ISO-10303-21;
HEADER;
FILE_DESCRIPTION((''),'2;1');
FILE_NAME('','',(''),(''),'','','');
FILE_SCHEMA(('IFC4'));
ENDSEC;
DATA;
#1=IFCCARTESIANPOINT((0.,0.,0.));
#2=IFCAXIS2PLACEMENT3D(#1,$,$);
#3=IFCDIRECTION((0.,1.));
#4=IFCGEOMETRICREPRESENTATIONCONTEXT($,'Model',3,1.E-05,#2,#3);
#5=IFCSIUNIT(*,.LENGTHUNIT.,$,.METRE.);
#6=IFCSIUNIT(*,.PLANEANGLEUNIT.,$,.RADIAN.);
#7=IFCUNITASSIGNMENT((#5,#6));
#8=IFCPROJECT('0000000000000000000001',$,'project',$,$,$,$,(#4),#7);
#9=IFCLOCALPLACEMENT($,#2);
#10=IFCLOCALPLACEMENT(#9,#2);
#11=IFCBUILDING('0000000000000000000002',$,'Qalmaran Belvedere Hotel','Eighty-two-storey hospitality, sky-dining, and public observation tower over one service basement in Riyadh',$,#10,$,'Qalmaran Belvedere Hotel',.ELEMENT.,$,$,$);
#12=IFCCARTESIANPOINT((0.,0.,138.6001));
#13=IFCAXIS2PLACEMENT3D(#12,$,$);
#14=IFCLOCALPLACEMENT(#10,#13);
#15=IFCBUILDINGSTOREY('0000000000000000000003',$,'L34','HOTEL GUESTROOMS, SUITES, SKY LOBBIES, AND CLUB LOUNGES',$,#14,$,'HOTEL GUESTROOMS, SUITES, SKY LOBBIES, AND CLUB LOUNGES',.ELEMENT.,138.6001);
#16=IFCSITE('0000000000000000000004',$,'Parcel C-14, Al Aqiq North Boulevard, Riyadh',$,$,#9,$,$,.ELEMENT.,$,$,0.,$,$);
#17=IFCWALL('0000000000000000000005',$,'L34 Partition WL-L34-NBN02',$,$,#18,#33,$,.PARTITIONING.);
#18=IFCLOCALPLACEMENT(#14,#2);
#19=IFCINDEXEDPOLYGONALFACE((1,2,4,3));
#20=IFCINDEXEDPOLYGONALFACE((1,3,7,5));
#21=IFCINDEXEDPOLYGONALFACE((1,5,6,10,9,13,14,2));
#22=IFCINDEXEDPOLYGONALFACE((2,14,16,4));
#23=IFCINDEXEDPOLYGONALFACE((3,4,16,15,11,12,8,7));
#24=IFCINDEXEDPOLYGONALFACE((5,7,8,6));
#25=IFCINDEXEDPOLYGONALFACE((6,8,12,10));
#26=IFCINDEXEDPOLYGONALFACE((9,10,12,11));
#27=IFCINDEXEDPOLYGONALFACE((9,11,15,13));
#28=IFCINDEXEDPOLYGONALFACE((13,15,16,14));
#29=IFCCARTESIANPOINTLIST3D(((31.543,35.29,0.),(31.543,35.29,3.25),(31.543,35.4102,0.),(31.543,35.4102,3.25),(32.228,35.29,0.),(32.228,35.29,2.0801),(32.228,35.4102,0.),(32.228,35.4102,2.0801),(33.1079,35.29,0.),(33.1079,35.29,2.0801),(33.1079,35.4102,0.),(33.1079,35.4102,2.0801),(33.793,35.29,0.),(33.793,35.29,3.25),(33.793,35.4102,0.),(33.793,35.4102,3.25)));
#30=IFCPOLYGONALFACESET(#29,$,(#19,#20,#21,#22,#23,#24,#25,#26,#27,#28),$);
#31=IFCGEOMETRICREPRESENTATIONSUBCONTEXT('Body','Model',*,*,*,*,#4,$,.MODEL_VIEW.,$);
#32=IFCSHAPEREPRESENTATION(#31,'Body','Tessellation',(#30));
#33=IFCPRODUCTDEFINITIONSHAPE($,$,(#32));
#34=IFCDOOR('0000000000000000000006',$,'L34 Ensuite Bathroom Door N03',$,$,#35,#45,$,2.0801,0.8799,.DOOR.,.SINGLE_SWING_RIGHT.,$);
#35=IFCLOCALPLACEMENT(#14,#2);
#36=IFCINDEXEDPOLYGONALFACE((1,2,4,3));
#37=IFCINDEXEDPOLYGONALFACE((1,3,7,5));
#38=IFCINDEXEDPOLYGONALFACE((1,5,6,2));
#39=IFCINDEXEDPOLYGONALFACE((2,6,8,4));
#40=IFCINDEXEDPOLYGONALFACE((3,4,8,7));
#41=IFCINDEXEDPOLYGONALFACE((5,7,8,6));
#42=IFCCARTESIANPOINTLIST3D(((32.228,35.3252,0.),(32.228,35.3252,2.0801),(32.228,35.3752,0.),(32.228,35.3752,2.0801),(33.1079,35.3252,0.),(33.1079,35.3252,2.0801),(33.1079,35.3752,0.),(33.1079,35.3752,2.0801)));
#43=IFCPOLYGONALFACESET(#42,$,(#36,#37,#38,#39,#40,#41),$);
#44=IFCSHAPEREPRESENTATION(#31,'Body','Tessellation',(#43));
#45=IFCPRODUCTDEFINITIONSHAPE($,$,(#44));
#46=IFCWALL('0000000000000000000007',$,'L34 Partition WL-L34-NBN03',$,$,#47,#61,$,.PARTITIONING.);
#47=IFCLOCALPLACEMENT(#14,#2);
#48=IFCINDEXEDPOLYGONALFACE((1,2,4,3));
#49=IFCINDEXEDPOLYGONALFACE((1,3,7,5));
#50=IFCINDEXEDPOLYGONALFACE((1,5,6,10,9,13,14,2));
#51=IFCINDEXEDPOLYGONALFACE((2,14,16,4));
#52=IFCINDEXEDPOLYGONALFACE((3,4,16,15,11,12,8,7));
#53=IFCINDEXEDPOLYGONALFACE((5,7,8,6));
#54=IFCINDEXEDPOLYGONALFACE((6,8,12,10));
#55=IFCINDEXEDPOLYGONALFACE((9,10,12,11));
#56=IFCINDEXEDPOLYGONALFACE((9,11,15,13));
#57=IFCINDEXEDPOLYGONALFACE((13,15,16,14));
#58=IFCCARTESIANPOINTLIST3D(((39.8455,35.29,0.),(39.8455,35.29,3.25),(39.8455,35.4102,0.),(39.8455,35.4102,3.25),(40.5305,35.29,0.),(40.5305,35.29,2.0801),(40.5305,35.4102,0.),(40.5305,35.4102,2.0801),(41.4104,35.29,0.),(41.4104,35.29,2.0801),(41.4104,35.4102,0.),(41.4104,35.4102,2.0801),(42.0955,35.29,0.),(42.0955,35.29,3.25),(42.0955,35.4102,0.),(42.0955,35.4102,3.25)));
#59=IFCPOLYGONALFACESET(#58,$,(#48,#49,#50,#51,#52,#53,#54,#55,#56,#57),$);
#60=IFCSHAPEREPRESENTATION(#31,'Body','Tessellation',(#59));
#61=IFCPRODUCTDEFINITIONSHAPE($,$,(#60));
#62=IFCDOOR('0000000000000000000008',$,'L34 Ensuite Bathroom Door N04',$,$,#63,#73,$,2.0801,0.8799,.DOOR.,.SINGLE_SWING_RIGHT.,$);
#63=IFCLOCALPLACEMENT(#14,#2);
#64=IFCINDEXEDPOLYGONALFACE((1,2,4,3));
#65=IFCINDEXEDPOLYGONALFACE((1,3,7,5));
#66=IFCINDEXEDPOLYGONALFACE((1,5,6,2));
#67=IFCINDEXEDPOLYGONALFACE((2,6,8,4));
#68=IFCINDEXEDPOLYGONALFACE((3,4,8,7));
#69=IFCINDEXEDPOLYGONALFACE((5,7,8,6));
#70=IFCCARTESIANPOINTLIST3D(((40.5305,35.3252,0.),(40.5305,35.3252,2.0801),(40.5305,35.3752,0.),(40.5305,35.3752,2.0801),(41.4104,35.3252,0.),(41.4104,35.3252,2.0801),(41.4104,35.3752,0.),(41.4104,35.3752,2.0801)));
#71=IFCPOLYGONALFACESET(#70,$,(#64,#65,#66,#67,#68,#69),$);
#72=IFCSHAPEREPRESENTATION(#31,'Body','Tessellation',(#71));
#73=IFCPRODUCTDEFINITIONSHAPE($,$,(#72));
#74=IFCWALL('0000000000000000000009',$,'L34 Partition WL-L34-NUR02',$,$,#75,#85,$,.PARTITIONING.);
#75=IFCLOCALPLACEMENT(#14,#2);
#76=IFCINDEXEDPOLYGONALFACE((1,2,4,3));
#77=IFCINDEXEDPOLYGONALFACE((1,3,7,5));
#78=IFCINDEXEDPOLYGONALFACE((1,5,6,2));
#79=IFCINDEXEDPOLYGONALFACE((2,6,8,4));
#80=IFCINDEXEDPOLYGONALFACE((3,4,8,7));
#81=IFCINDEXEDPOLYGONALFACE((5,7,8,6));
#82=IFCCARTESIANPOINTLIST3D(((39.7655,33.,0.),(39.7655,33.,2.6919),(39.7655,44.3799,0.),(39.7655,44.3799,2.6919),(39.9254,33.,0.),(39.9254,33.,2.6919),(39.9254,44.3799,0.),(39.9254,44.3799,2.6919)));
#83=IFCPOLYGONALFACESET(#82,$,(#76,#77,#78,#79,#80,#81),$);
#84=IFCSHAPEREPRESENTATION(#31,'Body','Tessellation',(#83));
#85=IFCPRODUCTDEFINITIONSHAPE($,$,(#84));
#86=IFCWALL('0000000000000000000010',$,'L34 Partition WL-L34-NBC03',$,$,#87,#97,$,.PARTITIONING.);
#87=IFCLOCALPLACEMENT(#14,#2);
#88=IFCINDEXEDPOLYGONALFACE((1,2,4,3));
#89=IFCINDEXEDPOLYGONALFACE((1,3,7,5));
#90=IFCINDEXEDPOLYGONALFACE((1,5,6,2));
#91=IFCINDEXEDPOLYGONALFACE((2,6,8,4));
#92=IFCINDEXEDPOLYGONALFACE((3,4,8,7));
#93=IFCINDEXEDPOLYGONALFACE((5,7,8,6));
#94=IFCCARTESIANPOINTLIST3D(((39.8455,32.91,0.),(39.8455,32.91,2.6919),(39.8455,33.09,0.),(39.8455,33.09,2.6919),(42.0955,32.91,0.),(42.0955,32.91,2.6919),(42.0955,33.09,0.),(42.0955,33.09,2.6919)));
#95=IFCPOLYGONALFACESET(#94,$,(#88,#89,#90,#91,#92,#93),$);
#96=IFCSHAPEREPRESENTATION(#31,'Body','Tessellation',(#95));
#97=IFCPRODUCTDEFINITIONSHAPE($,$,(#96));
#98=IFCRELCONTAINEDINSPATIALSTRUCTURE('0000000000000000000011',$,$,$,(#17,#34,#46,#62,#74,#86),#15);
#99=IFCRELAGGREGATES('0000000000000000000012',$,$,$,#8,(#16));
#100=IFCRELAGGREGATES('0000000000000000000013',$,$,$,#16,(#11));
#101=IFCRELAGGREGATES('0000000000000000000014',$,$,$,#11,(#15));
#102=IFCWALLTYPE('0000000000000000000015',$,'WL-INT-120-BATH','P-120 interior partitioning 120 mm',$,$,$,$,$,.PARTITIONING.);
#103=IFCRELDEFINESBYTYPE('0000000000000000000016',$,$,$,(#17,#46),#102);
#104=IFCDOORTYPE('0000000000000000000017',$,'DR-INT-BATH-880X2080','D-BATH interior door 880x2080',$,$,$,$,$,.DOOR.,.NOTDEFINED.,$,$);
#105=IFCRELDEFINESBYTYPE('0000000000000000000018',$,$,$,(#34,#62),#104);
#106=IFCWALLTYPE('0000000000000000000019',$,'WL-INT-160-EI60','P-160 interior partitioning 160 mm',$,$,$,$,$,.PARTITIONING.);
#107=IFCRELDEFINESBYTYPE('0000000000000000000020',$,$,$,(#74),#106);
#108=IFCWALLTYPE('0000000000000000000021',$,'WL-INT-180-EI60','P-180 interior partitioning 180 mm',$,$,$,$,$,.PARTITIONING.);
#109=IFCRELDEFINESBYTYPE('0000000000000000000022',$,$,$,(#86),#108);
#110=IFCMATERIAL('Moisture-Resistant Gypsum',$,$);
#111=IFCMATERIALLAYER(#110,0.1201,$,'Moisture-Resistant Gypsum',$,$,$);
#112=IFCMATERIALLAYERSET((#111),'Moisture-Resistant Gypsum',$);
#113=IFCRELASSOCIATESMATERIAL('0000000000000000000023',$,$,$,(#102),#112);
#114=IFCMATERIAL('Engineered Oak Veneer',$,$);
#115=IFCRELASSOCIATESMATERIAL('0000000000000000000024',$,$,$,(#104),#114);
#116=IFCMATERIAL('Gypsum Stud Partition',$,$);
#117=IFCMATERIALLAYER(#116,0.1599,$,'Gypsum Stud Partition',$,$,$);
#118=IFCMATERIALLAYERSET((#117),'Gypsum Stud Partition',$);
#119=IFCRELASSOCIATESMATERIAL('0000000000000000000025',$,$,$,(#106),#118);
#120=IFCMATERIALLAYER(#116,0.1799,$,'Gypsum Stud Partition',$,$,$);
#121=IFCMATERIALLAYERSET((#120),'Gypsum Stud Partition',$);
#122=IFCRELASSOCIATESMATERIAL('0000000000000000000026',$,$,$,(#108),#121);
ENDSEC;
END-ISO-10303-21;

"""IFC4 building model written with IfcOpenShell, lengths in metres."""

from ifc_helpers import new_model, si_unit, direction, frame, frame_2d, origin, place, context, subcontext, project, spatial, rectangle, extrude, material, layer, layer_set, type_object, element, fill, save


model = new_model("IFC4")

# Units and contexts
model_context = context("Model", 3, precision=1e-05, world=origin(), true_north=direction((0.0, 1.0)))
body_context = subcontext(model_context, "Body", "Model", "MODEL_VIEW")
ifc_project = project(units=[si_unit("LENGTHUNIT", "METRE"), si_unit("PLANEANGLEUNIT", "RADIAN")], contexts=[model_context])

# Site, building, storey
site_placement = place(None, origin())
site = spatial("IfcSite", under=ifc_project, at=site_placement, Name="Parcel C-14, Al Aqiq North Boulevard, Riyadh", CompositionType="ELEMENT", RefElevation=0.0)
building_placement = place(site_placement, origin())
building = spatial("IfcBuilding", under=site, at=building_placement, Name="Qalmaran Belvedere Hotel", Description="Eighty-two-storey hospitality, sky-dining, and public observation tower over one service basement in Riyadh", LongName="Qalmaran Belvedere Hotel", CompositionType="ELEMENT")
storey_placement = place(building_placement, frame((0.0, 0.0, 138.6001)))
storey = spatial("IfcBuildingStorey", under=building, at=storey_placement, Name="L34", Description="HOTEL GUESTROOMS, SUITES, SKY LOBBIES, AND CLUB LOUNGES", LongName="HOTEL GUESTROOMS, SUITES, SKY LOBBIES, AND CLUB LOUNGES", CompositionType="ELEMENT", Elevation=138.6001)

# Walls, openings, doors
ifc_material_1 = material(Name="Moisture-Resistant Gypsum")
ifc_layer_1 = layer(ifc_material_1, 0.1201, Name="Moisture-Resistant Gypsum")
ifc_layer_set_1 = layer_set([ifc_layer_1], Name="Moisture-Resistant Gypsum")
wall_type_1 = type_object("IfcWallType", Name="WL-INT-120-BATH", Description="P-120 interior partitioning 120 mm", PredefinedType="PARTITIONING", material=ifc_layer_set_1)
ifc_material_2 = material(Name="Engineered Oak Veneer")
door_type = type_object("IfcDoorType", Name="DR-INT-BATH-880X2080", Description="D-BATH interior door 880x2080", OperationType="NOTDEFINED", PredefinedType="DOOR", material=ifc_material_2)
wall_1_placement = place(storey_placement, frame((31.543, 35.3501, 0.0), z_axis=(0.0, 0.0, 1.0), x_axis=(1.0, 0.0, 0.0)))
wall_1 = element("IfcWall", 1, at=wall_1_placement, inside=storey, type_object=wall_type_1, Name="L34 Partition WL-L34-NBN02", PredefinedType="PARTITIONING", context=body_context, shape_type="SweptSolid", body=[
    extrude(rectangle(XDim=2.25, YDim=0.1201, at=frame_2d((1.125, 0.0))), origin(), (0.0, 0.0, 1.0), 3.25),
])
opening_1_placement = place(wall_1_placement, frame((1.5649, 0.0, 0.0), z_axis=(0.0, 0.0, 1.0), x_axis=(-1.0, 0.0, 0.0)))
opening_1 = element("IfcOpeningElement", 2, at=opening_1_placement, cuts=wall_1, PredefinedType="OPENING", context=body_context, shape_type="SweptSolid", body=[
    extrude(rectangle(XDim=0.8799, YDim=2.0801, at=frame_2d((0.4399, 1.04))), frame((0.0, 0.0701, 0.0), z_axis=(0.0, -1.0, 0.0), x_axis=(1.0, 0.0, 0.0)), (0.0, 0.0, 1.0), 0.1401),
])
door_1_placement = place(opening_1_placement, origin())
door_1 = element("IfcDoor", 3, at=door_1_placement, inside=storey, type_object=door_type, Name="L34 Ensuite Bathroom Door N03", OperationType="SINGLE_SWING_RIGHT", OverallHeight=2.0801, OverallWidth=0.8799, PredefinedType="DOOR", context=body_context, shape_type="SweptSolid", body=[
    extrude(rectangle(XDim=0.8799, YDim=2.0801, at=frame_2d((0.4399, 1.04))), frame((0.0, 0.0249, 0.0), z_axis=(0.0, -1.0, 0.0), x_axis=(1.0, 0.0, 0.0)), (0.0, 0.0, 1.0), 0.05),
])
fill(opening_1, door_1)
wall_2_placement = place(storey_placement, frame((39.8455, 35.3501, 0.0), z_axis=(0.0, 0.0, 1.0), x_axis=(1.0, 0.0, 0.0)))
wall_2 = element("IfcWall", 4, at=wall_2_placement, inside=storey, type_object=wall_type_1, Name="L34 Partition WL-L34-NBN03", PredefinedType="PARTITIONING", context=body_context, shape_type="SweptSolid", body=[
    extrude(rectangle(XDim=2.25, YDim=0.1201, at=frame_2d((1.125, 0.0))), origin(), (0.0, 0.0, 1.0), 3.25),
])
opening_2_placement = place(wall_2_placement, frame((1.5649, 0.0, 0.0), z_axis=(0.0, 0.0, 1.0), x_axis=(-1.0, 0.0, 0.0)))
opening_2 = element("IfcOpeningElement", 5, at=opening_2_placement, cuts=wall_2, PredefinedType="OPENING", context=body_context, shape_type="SweptSolid", body=[
    extrude(rectangle(XDim=0.8799, YDim=2.0801, at=frame_2d((0.4399, 1.04))), frame((0.0, 0.0701, 0.0), z_axis=(0.0, -1.0, 0.0), x_axis=(1.0, 0.0, 0.0)), (0.0, 0.0, 1.0), 0.1401),
])
door_2_placement = place(opening_2_placement, origin())
door_2 = element("IfcDoor", 6, at=door_2_placement, inside=storey, type_object=door_type, Name="L34 Ensuite Bathroom Door N04", OperationType="SINGLE_SWING_RIGHT", OverallHeight=2.0801, OverallWidth=0.8799, PredefinedType="DOOR", context=body_context, shape_type="SweptSolid", body=[
    extrude(rectangle(XDim=0.8799, YDim=2.0801, at=frame_2d((0.4399, 1.04))), frame((0.0, 0.0249, 0.0), z_axis=(0.0, -1.0, 0.0), x_axis=(1.0, 0.0, 0.0)), (0.0, 0.0, 1.0), 0.05),
])
fill(opening_2, door_2)

# Walls
ifc_material_3 = material(Name="Gypsum Stud Partition")
ifc_layer_2 = layer(ifc_material_3, 0.1599, Name="Gypsum Stud Partition")
ifc_layer_set_2 = layer_set([ifc_layer_2], Name="Gypsum Stud Partition")
wall_type_2 = type_object("IfcWallType", Name="WL-INT-160-EI60", Description="P-160 interior partitioning 160 mm", PredefinedType="PARTITIONING", material=ifc_layer_set_2)
wall_3_placement = place(storey_placement, frame((39.8455, 33.0, 0.0), z_axis=(0.0, 0.0, 1.0), x_axis=(0.0, 1.0, 0.0)))
element("IfcWall", 7, at=wall_3_placement, inside=storey, type_object=wall_type_2, Name="L34 Partition WL-L34-NUR02", PredefinedType="PARTITIONING", context=body_context, shape_type="SweptSolid", body=[
    extrude(rectangle(XDim=11.3799, YDim=0.1599, at=frame_2d((5.6899, 0.0))), origin(), (0.0, 0.0, 1.0), 2.6919),
])
ifc_layer_3 = layer(ifc_material_3, 0.1799, Name="Gypsum Stud Partition")
ifc_layer_set_3 = layer_set([ifc_layer_3], Name="Gypsum Stud Partition")
wall_type_3 = type_object("IfcWallType", Name="WL-INT-180-EI60", Description="P-180 interior partitioning 180 mm", PredefinedType="PARTITIONING", material=ifc_layer_set_3)
wall_4_placement = place(storey_placement, frame((39.8455, 33.0, 0.0), z_axis=(0.0, 0.0, 1.0), x_axis=(1.0, 0.0, 0.0)))
element("IfcWall", 8, at=wall_4_placement, inside=storey, type_object=wall_type_3, Name="L34 Partition WL-L34-NBC03", PredefinedType="PARTITIONING", context=body_context, shape_type="SweptSolid", body=[
    extrude(rectangle(XDim=2.25, YDim=0.1799, at=frame_2d((1.125, 0.0))), origin(), (0.0, 0.0, 1.0), 2.6919),
])

save(model, "model.ifc")
